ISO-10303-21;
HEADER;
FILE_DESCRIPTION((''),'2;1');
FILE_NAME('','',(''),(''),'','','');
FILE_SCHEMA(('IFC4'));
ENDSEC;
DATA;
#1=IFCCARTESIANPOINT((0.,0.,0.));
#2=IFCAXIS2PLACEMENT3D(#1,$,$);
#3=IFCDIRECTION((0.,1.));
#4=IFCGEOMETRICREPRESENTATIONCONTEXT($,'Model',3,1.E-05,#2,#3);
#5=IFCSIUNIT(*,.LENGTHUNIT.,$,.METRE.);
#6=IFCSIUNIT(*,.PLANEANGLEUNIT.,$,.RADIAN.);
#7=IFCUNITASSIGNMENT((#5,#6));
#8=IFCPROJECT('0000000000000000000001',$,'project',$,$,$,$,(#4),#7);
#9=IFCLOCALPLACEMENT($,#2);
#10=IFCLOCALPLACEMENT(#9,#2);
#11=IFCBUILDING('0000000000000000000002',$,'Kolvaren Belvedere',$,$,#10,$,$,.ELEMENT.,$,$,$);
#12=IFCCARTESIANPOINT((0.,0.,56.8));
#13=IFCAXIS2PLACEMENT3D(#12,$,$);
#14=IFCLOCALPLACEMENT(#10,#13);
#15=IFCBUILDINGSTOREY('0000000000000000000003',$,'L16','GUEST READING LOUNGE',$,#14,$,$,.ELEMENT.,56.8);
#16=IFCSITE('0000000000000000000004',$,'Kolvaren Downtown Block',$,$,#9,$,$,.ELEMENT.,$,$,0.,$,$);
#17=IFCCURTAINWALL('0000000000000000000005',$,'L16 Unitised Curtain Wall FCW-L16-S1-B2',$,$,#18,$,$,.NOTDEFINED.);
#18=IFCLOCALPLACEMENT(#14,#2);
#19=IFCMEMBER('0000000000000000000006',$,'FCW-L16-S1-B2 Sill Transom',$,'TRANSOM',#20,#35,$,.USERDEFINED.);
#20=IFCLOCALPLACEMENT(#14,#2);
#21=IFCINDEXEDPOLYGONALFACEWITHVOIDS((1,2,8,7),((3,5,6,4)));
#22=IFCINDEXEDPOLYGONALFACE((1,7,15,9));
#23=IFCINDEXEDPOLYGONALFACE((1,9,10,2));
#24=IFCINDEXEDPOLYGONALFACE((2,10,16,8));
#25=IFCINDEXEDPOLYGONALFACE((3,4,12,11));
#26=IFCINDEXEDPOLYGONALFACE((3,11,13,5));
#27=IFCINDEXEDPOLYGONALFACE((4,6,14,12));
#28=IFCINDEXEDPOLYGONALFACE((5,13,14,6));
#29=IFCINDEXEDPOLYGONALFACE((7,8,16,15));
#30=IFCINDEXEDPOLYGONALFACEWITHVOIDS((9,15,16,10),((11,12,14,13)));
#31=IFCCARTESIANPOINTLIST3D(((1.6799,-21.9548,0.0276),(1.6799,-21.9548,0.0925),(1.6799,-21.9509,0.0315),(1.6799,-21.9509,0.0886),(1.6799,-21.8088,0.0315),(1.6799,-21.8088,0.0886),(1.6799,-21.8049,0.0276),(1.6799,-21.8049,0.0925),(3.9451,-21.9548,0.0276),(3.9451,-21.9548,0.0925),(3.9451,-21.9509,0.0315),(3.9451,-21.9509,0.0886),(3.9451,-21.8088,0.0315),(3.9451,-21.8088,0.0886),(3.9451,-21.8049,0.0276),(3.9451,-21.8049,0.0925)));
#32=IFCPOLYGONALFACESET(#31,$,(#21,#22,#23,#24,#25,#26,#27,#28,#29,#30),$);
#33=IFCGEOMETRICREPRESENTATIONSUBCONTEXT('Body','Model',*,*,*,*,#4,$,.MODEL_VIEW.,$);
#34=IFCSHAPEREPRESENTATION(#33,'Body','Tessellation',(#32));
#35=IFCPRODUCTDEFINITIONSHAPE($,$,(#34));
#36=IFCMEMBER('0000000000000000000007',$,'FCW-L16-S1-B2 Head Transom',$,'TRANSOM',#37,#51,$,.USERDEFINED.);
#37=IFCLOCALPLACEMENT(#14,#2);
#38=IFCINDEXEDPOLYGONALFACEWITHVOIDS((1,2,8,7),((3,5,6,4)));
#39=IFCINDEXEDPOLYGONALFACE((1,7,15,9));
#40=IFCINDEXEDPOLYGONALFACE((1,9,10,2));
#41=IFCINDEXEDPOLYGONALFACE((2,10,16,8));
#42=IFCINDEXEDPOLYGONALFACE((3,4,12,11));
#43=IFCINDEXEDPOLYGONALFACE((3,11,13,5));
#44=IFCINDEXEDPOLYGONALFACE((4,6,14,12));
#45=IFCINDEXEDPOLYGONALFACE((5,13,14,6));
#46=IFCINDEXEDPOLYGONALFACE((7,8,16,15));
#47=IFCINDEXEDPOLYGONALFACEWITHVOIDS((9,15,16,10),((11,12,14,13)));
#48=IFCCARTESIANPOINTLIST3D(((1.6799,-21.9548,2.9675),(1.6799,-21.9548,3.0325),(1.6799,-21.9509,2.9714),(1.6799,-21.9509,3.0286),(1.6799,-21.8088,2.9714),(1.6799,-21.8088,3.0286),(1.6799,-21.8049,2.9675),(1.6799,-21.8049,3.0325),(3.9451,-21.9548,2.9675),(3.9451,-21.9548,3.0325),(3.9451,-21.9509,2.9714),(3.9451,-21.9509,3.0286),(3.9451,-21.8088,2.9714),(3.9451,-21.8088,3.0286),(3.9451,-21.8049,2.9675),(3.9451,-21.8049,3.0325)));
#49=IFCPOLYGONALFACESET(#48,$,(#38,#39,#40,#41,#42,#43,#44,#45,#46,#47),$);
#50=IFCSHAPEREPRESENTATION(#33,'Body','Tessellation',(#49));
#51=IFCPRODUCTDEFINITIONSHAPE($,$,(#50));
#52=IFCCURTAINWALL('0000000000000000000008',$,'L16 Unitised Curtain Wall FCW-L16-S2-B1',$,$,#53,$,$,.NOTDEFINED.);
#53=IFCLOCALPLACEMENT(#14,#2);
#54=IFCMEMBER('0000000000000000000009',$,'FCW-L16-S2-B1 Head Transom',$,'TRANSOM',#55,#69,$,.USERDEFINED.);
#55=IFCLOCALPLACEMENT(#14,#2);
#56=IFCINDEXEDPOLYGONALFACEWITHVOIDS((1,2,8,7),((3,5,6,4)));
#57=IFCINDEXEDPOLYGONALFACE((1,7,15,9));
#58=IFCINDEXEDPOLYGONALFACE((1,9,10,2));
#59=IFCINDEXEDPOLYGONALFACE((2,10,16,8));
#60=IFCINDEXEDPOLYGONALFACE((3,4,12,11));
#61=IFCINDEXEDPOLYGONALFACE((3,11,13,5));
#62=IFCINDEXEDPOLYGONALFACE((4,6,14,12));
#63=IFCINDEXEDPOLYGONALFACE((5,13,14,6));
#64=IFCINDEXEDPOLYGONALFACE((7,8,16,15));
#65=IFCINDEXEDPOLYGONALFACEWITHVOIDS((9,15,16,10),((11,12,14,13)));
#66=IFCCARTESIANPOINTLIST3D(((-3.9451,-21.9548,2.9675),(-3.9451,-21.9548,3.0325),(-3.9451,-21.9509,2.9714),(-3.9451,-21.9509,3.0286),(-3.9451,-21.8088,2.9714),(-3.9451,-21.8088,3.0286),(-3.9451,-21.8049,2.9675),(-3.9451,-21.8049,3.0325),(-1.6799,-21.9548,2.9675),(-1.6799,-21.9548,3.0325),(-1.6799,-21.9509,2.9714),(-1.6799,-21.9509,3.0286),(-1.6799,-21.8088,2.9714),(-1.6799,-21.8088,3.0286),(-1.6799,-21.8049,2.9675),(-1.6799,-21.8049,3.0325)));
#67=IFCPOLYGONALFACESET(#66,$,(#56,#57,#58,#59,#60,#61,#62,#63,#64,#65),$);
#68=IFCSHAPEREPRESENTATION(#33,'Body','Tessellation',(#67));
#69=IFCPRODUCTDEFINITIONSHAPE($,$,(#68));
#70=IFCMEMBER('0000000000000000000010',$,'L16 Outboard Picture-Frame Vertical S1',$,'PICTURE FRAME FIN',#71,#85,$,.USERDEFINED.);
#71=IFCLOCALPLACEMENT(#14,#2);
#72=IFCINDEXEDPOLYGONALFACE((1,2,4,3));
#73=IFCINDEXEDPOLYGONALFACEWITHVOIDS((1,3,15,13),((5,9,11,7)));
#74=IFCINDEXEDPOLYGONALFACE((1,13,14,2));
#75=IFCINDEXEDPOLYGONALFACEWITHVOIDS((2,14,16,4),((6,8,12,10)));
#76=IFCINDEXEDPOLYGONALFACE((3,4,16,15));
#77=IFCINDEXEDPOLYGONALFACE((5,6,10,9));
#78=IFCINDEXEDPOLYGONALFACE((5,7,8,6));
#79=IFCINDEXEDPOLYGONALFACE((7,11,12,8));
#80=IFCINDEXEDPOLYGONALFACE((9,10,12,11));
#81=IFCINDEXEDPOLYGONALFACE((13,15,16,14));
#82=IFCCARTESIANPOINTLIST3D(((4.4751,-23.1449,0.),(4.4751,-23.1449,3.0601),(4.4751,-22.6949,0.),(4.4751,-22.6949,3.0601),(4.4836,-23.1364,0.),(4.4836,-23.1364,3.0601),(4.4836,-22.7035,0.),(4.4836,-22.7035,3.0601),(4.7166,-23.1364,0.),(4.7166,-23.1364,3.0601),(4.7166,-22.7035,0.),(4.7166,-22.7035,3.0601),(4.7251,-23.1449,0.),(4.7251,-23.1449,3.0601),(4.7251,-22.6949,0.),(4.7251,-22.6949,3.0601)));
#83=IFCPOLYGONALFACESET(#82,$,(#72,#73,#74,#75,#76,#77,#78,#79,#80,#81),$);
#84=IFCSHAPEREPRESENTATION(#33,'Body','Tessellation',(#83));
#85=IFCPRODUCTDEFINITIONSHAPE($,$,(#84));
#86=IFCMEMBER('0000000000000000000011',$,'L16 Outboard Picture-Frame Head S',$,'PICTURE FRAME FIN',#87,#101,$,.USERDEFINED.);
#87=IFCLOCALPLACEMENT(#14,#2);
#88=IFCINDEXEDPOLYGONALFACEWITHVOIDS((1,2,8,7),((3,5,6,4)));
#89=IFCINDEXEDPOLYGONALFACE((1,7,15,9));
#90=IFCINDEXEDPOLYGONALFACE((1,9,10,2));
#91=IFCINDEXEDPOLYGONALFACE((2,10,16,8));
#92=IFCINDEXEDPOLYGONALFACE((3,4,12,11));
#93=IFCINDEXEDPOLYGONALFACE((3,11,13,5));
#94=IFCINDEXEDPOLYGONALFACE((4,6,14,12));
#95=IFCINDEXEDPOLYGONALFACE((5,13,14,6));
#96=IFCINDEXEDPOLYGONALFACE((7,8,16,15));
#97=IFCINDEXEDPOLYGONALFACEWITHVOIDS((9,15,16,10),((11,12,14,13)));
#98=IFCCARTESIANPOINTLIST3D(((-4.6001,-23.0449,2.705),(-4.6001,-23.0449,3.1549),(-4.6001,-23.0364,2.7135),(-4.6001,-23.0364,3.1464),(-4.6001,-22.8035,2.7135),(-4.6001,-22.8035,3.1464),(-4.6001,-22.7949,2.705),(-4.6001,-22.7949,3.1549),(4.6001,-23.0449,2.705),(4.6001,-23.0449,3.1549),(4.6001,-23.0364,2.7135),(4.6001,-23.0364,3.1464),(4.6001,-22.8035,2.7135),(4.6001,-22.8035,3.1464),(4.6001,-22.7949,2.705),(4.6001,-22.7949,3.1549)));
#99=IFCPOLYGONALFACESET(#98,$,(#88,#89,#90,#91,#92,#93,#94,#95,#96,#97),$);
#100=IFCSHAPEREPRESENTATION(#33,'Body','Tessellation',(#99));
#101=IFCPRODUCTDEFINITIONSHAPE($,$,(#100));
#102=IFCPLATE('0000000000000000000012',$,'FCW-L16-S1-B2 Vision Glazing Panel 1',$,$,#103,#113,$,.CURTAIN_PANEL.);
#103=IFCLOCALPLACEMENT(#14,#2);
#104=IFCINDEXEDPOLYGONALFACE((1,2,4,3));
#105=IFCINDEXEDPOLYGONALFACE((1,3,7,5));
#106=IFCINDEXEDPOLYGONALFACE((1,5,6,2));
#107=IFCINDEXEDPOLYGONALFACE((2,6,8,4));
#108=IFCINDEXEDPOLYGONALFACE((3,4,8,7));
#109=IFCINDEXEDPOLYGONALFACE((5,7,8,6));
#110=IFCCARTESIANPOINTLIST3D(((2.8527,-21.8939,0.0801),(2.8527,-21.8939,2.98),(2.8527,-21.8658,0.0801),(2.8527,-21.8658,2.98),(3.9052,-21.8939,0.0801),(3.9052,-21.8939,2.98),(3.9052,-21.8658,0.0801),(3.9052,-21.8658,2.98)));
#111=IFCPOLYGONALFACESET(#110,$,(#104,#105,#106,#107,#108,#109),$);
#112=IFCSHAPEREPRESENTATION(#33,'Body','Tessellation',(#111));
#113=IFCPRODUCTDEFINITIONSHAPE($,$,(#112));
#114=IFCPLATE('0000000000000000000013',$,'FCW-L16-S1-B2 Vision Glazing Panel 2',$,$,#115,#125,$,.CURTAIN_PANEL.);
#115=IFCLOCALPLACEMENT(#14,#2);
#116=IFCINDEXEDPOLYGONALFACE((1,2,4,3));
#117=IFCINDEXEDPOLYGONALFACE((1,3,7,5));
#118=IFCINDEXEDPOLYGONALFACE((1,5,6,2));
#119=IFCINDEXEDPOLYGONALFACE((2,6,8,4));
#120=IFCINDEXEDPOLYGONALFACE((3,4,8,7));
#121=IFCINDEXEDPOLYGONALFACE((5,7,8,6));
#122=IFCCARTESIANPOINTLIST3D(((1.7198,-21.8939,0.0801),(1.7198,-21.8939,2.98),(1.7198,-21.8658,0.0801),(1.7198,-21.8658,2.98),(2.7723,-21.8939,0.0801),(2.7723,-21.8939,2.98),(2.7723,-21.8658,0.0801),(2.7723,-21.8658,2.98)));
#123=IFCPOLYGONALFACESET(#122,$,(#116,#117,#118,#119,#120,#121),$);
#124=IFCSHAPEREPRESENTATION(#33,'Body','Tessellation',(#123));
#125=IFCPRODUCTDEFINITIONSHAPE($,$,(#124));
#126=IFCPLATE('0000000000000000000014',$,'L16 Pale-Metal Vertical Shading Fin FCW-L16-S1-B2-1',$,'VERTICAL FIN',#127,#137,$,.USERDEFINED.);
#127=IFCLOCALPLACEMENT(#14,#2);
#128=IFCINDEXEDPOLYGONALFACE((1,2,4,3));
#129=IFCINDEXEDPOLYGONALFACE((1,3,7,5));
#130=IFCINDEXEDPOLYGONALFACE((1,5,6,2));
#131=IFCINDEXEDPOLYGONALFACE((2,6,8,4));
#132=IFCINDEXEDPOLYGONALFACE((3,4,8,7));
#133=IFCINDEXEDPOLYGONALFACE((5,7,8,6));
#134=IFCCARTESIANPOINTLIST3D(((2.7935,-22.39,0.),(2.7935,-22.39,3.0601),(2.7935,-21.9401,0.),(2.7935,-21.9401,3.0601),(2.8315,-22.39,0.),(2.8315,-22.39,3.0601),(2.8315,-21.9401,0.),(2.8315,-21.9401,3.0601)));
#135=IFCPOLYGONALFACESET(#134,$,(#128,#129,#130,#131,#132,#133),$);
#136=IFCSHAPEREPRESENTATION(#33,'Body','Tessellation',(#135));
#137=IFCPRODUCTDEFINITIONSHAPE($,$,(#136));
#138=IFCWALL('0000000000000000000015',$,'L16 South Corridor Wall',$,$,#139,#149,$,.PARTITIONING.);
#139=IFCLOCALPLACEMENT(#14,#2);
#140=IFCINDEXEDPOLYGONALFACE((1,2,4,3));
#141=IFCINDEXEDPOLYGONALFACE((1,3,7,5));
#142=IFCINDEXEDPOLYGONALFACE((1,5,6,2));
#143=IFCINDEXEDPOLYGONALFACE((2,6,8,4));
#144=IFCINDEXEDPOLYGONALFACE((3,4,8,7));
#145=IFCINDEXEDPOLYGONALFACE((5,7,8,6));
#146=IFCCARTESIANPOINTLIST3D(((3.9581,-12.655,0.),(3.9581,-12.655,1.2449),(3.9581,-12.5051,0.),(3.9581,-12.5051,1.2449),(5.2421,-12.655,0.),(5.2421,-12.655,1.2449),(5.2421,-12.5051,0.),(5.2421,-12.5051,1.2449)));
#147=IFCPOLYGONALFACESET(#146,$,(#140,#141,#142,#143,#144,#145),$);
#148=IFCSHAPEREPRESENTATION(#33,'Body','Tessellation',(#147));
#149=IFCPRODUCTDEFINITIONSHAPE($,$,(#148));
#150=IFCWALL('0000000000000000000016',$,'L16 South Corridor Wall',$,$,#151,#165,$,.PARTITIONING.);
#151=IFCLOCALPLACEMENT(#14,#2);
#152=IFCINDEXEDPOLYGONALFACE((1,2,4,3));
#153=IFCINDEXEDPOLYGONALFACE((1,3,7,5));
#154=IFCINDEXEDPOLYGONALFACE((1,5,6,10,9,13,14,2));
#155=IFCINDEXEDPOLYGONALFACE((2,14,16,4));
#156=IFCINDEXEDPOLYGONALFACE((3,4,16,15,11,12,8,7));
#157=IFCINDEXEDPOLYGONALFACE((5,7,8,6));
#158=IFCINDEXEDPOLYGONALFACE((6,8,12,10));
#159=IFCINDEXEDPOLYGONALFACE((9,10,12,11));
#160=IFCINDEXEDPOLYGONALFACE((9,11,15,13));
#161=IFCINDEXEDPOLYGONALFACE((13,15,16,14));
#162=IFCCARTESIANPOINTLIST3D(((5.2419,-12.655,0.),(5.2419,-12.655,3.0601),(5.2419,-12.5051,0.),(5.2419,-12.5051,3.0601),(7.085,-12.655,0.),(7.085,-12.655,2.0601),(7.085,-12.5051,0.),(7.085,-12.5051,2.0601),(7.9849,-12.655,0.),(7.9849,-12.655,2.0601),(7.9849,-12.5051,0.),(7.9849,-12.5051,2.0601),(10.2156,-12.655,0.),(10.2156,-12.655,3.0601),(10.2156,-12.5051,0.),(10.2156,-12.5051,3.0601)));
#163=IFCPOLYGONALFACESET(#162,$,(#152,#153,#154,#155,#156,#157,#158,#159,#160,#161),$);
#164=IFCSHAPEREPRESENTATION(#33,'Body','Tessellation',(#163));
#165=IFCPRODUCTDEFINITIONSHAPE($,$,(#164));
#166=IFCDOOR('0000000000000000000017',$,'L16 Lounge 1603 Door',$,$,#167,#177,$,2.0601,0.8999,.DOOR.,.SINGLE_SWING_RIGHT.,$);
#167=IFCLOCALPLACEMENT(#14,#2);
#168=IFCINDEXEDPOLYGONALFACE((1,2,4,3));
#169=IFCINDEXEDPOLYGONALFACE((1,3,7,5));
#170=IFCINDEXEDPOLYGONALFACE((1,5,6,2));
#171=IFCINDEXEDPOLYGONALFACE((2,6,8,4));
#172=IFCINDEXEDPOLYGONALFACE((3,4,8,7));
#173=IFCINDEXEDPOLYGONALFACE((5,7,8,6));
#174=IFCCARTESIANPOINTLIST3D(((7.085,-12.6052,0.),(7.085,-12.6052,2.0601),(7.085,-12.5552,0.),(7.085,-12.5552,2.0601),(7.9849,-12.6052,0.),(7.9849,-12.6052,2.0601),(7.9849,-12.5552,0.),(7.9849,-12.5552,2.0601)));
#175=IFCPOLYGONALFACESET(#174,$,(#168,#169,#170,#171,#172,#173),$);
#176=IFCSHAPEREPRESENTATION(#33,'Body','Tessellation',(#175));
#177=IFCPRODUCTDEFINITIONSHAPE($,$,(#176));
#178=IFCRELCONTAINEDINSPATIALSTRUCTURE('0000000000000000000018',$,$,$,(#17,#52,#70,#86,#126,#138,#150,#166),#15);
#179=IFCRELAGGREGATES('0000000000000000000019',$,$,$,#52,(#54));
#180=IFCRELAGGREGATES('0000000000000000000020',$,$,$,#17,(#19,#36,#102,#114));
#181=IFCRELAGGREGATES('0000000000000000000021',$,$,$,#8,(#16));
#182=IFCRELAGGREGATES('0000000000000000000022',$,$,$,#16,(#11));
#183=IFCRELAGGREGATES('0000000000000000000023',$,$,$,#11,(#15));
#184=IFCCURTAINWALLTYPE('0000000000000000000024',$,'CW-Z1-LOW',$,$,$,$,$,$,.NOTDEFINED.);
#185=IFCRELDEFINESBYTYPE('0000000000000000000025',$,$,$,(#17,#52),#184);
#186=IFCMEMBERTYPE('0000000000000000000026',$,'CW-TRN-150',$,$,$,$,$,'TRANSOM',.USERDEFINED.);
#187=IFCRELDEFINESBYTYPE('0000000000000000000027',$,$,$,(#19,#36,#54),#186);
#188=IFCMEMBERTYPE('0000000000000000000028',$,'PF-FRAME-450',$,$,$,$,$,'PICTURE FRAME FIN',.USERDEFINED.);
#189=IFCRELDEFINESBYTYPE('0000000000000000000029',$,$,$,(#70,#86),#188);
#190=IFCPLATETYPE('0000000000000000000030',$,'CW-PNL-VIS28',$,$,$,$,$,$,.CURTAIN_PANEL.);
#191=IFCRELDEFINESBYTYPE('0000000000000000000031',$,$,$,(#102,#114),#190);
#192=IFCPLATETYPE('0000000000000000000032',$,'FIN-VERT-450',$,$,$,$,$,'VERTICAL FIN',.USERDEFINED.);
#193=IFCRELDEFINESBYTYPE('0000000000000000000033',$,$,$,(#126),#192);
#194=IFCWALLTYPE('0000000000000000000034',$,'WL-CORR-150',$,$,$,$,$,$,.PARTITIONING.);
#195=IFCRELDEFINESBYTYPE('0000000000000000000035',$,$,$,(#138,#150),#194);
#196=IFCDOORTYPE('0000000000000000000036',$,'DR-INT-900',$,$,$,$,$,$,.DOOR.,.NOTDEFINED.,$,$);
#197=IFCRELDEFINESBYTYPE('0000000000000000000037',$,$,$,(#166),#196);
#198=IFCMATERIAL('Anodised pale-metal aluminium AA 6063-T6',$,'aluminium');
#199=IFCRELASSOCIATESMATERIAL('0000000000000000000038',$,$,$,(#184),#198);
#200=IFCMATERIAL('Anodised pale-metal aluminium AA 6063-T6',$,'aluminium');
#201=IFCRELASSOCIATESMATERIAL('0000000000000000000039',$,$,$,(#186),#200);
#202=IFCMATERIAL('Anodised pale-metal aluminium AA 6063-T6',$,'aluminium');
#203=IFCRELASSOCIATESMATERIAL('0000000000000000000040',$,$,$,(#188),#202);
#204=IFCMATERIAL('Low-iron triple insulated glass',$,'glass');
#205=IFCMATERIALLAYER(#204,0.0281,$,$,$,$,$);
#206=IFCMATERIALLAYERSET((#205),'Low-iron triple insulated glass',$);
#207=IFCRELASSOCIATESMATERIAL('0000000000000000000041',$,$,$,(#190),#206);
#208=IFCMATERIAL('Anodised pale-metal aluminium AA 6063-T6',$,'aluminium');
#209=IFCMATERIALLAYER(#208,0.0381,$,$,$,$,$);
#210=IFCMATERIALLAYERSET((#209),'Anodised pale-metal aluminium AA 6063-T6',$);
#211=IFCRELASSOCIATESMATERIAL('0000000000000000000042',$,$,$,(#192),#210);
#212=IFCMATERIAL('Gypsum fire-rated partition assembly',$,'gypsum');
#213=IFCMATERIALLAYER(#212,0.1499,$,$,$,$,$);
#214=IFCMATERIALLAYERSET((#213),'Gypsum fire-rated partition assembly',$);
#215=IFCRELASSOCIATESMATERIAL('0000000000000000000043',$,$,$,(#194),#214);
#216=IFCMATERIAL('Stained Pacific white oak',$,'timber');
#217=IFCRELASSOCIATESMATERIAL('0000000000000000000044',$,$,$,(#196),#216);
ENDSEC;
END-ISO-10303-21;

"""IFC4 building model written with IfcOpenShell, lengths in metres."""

from ifc_helpers import new_model, si_unit, direction, frame, frame_2d, origin, origin_2d, place, context, subcontext, project, spatial, rectangle, hollow_rectangle, extrude, material, layer, layer_set, material_profile, profile_set, type_object, element, fill, aggregate, save


model = new_model("IFC4")

# Units and contexts
model_context = context("Model", 3, precision=1e-05, world=origin(), true_north=direction((0.0, 1.0)))
body_context = subcontext(model_context, "Body", "Model", "MODEL_VIEW")
ifc_project = project(units=[si_unit("LENGTHUNIT", "METRE"), si_unit("PLANEANGLEUNIT", "RADIAN")], contexts=[model_context])

# Site, building, storey
site_placement = place(None, origin())
site = spatial("IfcSite", under=ifc_project, at=site_placement, Name="Kolvaren Downtown Block", CompositionType="ELEMENT", RefElevation=0.0)
building_placement = place(site_placement, origin())
building = spatial("IfcBuilding", under=site, at=building_placement, Name="Kolvaren Belvedere", CompositionType="ELEMENT")
storey_placement = place(building_placement, frame((0.0, 0.0, 56.8)))
storey = spatial("IfcBuildingStorey", under=building, at=storey_placement, Name="L16", Description="GUEST READING LOUNGE", CompositionType="ELEMENT", Elevation=56.8)

# Shared definitions
ifc_material_1 = material(Name="Anodised pale-metal aluminium AA 6063-T6", Category="aluminium")
curtain_wall_type = type_object("IfcCurtainWallType", Name="CW-Z1-LOW", PredefinedType="NOTDEFINED", material=ifc_material_1)

# Curtain wall, members
curtain_wall_1_placement = place(storey_placement, origin())
curtain_wall_1 = element("IfcCurtainWall", 1, at=curtain_wall_1_placement, inside=storey, type_object=curtain_wall_type, Name="L16 Unitised Curtain Wall FCW-L16-S1-B2", PredefinedType="NOTDEFINED")
ifc_material_2 = material(Name="Anodised pale-metal aluminium AA 6063-T6", Category="aluminium")
ifc_material_profile_1 = material_profile(ifc_material_2, hollow_rectangle(XDim=0.0649, YDim=0.1499, WallThickness=0.0039, at=origin_2d()), Name="ALU-TRN-150X65")
ifc_profile_set_1 = profile_set([ifc_material_profile_1], Name="Anodised pale-metal aluminium AA 6063-T6")
member_type_1 = type_object("IfcMemberType", Name="CW-TRN-150", ElementType="TRANSOM", PredefinedType="USERDEFINED", material=ifc_profile_set_1)
member_1_placement = place(storey_placement, frame((3.9451, -21.8799, 0.0601), z_axis=(-1.0, 0.0, 0.0), x_axis=(0.0, 0.0, 1.0)))
member_1 = element("IfcMember", 2, at=member_1_placement, type_object=member_type_1, Name="FCW-L16-S1-B2 Sill Transom", ObjectType="TRANSOM", PredefinedType="USERDEFINED", context=body_context, shape_type="SweptSolid", body=[
    extrude(hollow_rectangle(XDim=0.0649, YDim=0.1499, WallThickness=0.0039, at=origin_2d()), origin(), (0.0, 0.0, 1.0), 2.2651),
])
member_2_placement = place(storey_placement, frame((3.9451, -21.8799, 3.0), z_axis=(-1.0, 0.0, 0.0), x_axis=(0.0, 0.0, 1.0)))
member_2 = element("IfcMember", 3, at=member_2_placement, type_object=member_type_1, Name="FCW-L16-S1-B2 Head Transom", ObjectType="TRANSOM", PredefinedType="USERDEFINED", context=body_context, shape_type="SweptSolid", body=[
    extrude(hollow_rectangle(XDim=0.0649, YDim=0.1499, WallThickness=0.0039, at=origin_2d()), origin(), (0.0, 0.0, 1.0), 2.2651),
])

# Curtain wall, member
curtain_wall_2_placement = place(storey_placement, origin())
curtain_wall_2 = element("IfcCurtainWall", 4, at=curtain_wall_2_placement, inside=storey, type_object=curtain_wall_type, Name="L16 Unitised Curtain Wall FCW-L16-S2-B1", PredefinedType="NOTDEFINED")
member_3_placement = place(storey_placement, frame((-1.6799, -21.8799, 3.0), z_axis=(-1.0, 0.0, 0.0), x_axis=(0.0, 0.0, 1.0)))
member_3 = element("IfcMember", 5, at=member_3_placement, type_object=member_type_1, Name="FCW-L16-S2-B1 Head Transom", ObjectType="TRANSOM", PredefinedType="USERDEFINED", context=body_context, shape_type="SweptSolid", body=[
    extrude(hollow_rectangle(XDim=0.0649, YDim=0.1499, WallThickness=0.0039, at=origin_2d()), origin(), (0.0, 0.0, 1.0), 2.2651),
])
aggregate(curtain_wall_2, [member_3])

# Members
ifc_material_3 = material(Name="Anodised pale-metal aluminium AA 6063-T6", Category="aluminium")
ifc_material_profile_2 = material_profile(ifc_material_3, hollow_rectangle(XDim=0.25, YDim=0.45, WallThickness=0.0085, at=origin_2d()), Name="ALU-PF-450X250")
ifc_profile_set_2 = profile_set([ifc_material_profile_2], Name="Anodised pale-metal aluminium AA 6063-T6")
member_type_2 = type_object("IfcMemberType", Name="PF-FRAME-450", ElementType="PICTURE FRAME FIN", PredefinedType="USERDEFINED", material=ifc_profile_set_2)
member_4_placement = place(storey_placement, frame((4.6001, -22.9199, 0.0), z_axis=(0.0, 0.0, 1.0), x_axis=(1.0, 0.0, 0.0)))
element("IfcMember", 6, at=member_4_placement, inside=storey, type_object=member_type_2, Name="L16 Outboard Picture-Frame Vertical S1", ObjectType="PICTURE FRAME FIN", PredefinedType="USERDEFINED", context=body_context, shape_type="SweptSolid", body=[
    extrude(hollow_rectangle(XDim=0.25, YDim=0.45, WallThickness=0.0085, at=origin_2d()), origin(), (0.0, 0.0, 1.0), 3.0601),
])
member_5_placement = place(storey_placement, frame((4.6001, -22.9199, 2.9299), z_axis=(-1.0, 0.0, 0.0), x_axis=(0.0, -1.0, 0.0)))
element("IfcMember", 7, at=member_5_placement, inside=storey, type_object=member_type_2, Name="L16 Outboard Picture-Frame Head S", ObjectType="PICTURE FRAME FIN", PredefinedType="USERDEFINED", context=body_context, shape_type="SweptSolid", body=[
    extrude(hollow_rectangle(XDim=0.25, YDim=0.45, WallThickness=0.0085, at=origin_2d()), origin(), (0.0, 0.0, 1.0), 9.2002),
])

# Plates
ifc_material_4 = material(Name="Low-iron triple insulated glass", Category="glass")
ifc_layer_1 = layer(ifc_material_4, 0.0281)
ifc_layer_set_1 = layer_set([ifc_layer_1], Name="Low-iron triple insulated glass")
plate_type_1 = type_object("IfcPlateType", Name="CW-PNL-VIS28", PredefinedType="CURTAIN_PANEL", material=ifc_layer_set_1)
plate_1_placement = place(storey_placement, frame((3.3789, -21.8799, 0.0801), z_axis=(0.0, 0.0, 1.0), x_axis=(-1.0, 0.0, 0.0)))
plate_1 = element("IfcPlate", 8, at=plate_1_placement, type_object=plate_type_1, Name="FCW-L16-S1-B2 Vision Glazing Panel 1", PredefinedType="CURTAIN_PANEL", context=body_context, shape_type="SweptSolid", body=[
    extrude(rectangle(XDim=1.0525, YDim=0.0281, at=origin_2d()), origin(), (0.0, 0.0, 1.0), 2.8999),
])
plate_2_placement = place(storey_placement, frame((2.2461, -21.8799, 0.0801), z_axis=(0.0, 0.0, 1.0), x_axis=(-1.0, 0.0, 0.0)))
plate_2 = element("IfcPlate", 9, at=plate_2_placement, type_object=plate_type_1, Name="FCW-L16-S1-B2 Vision Glazing Panel 2", PredefinedType="CURTAIN_PANEL", context=body_context, shape_type="SweptSolid", body=[
    extrude(rectangle(XDim=1.0525, YDim=0.0281, at=origin_2d()), origin(), (0.0, 0.0, 1.0), 2.8999),
])
aggregate(curtain_wall_1, [member_1, member_2, plate_1, plate_2])
ifc_material_5 = material(Name="Anodised pale-metal aluminium AA 6063-T6", Category="aluminium")
ifc_layer_2 = layer(ifc_material_5, 0.0381)
ifc_layer_set_2 = layer_set([ifc_layer_2], Name="Anodised pale-metal aluminium AA 6063-T6")
plate_type_2 = type_object("IfcPlateType", Name="FIN-VERT-450", ElementType="VERTICAL FIN", PredefinedType="USERDEFINED", material=ifc_layer_set_2)
plate_3_placement = place(storey_placement, frame((2.8125, -22.165, 0.0), z_axis=(0.0, 0.0, 1.0), x_axis=(0.0, 1.0, 0.0)))
element("IfcPlate", 10, at=plate_3_placement, inside=storey, type_object=plate_type_2, Name="L16 Pale-Metal Vertical Shading Fin FCW-L16-S1-B2-1", ObjectType="VERTICAL FIN", PredefinedType="USERDEFINED", context=body_context, shape_type="SweptSolid", body=[
    extrude(rectangle(XDim=0.45, YDim=0.0381, at=origin_2d()), origin(), (0.0, 0.0, 1.0), 3.0601),
])

# Wall
ifc_material_6 = material(Name="Gypsum fire-rated partition assembly", Category="gypsum")
ifc_layer_3 = layer(ifc_material_6, 0.1499)
ifc_layer_set_3 = layer_set([ifc_layer_3], Name="Gypsum fire-rated partition assembly")
wall_type_1 = type_object("IfcWallType", Name="WL-CORR-150", PredefinedType="PARTITIONING", material=ifc_layer_set_3)
wall_1_placement = place(storey_placement, frame((3.958, -12.5801, 0.0), z_axis=(0.0, 0.0, 1.0), x_axis=(1.0, 0.0, 0.0)))
element("IfcWall", 11, at=wall_1_placement, inside=storey, type_object=wall_type_1, Name="L16 South Corridor Wall", PredefinedType="PARTITIONING", context=body_context, shape_type="SweptSolid", body=[
    extrude(rectangle(XDim=1.2839, YDim=0.1499, at=frame_2d((0.6421, 0.0))), origin(), (0.0, 0.0, 1.0), 1.2449),
])

# Wall, opening, door
wall_2_placement = place(storey_placement, frame((5.2419, -12.5801, 0.0), z_axis=(0.0, 0.0, 1.0), x_axis=(1.0, 0.0, 0.0)))
wall_2 = element("IfcWall", 12, at=wall_2_placement, inside=storey, type_object=wall_type_1, Name="L16 South Corridor Wall", PredefinedType="PARTITIONING", context=body_context, shape_type="SweptSolid", body=[
    extrude(rectangle(XDim=4.9736, YDim=0.1499, at=frame_2d((2.4868, 0.0))), origin(), (0.0, 0.0, 1.0), 3.0601),
])
opening_1_placement = place(wall_2_placement, frame((1.843, 0.0, 0.0)))
opening_1 = element("IfcOpeningElement", 13, at=opening_1_placement, cuts=wall_2, PredefinedType="OPENING", context=body_context, shape_type="SweptSolid", body=[
    extrude(rectangle(XDim=0.8999, YDim=2.0601, at=frame_2d((0.45, 1.03))), frame((0.0, 0.085, 0.0), z_axis=(0.0, -1.0, 0.0), x_axis=(1.0, 0.0, 0.0)), (0.0, 0.0, 1.0), 0.1699),
])
ifc_material_7 = material(Name="Stained Pacific white oak", Category="timber")
door_type_1 = type_object("IfcDoorType", Name="DR-INT-900", OperationType="NOTDEFINED", PredefinedType="DOOR", material=ifc_material_7)
door_1_placement = place(opening_1_placement, origin())
door_1 = element("IfcDoor", 14, at=door_1_placement, inside=storey, type_object=door_type_1, Name="L16 Lounge 1603 Door", OperationType="SINGLE_SWING_RIGHT", OverallHeight=2.0601, OverallWidth=0.8999, PredefinedType="DOOR", context=body_context, shape_type="SweptSolid", body=[
    extrude(rectangle(XDim=0.8999, YDim=2.0601, at=frame_2d((0.45, 1.03))), frame((0.0, 0.0249, 0.0), z_axis=(0.0, -1.0, 0.0), x_axis=(1.0, 0.0, 0.0)), (0.0, 0.0, 1.0), 0.05),
])
fill(opening_1, door_1)

save(model, "model.ifc")
